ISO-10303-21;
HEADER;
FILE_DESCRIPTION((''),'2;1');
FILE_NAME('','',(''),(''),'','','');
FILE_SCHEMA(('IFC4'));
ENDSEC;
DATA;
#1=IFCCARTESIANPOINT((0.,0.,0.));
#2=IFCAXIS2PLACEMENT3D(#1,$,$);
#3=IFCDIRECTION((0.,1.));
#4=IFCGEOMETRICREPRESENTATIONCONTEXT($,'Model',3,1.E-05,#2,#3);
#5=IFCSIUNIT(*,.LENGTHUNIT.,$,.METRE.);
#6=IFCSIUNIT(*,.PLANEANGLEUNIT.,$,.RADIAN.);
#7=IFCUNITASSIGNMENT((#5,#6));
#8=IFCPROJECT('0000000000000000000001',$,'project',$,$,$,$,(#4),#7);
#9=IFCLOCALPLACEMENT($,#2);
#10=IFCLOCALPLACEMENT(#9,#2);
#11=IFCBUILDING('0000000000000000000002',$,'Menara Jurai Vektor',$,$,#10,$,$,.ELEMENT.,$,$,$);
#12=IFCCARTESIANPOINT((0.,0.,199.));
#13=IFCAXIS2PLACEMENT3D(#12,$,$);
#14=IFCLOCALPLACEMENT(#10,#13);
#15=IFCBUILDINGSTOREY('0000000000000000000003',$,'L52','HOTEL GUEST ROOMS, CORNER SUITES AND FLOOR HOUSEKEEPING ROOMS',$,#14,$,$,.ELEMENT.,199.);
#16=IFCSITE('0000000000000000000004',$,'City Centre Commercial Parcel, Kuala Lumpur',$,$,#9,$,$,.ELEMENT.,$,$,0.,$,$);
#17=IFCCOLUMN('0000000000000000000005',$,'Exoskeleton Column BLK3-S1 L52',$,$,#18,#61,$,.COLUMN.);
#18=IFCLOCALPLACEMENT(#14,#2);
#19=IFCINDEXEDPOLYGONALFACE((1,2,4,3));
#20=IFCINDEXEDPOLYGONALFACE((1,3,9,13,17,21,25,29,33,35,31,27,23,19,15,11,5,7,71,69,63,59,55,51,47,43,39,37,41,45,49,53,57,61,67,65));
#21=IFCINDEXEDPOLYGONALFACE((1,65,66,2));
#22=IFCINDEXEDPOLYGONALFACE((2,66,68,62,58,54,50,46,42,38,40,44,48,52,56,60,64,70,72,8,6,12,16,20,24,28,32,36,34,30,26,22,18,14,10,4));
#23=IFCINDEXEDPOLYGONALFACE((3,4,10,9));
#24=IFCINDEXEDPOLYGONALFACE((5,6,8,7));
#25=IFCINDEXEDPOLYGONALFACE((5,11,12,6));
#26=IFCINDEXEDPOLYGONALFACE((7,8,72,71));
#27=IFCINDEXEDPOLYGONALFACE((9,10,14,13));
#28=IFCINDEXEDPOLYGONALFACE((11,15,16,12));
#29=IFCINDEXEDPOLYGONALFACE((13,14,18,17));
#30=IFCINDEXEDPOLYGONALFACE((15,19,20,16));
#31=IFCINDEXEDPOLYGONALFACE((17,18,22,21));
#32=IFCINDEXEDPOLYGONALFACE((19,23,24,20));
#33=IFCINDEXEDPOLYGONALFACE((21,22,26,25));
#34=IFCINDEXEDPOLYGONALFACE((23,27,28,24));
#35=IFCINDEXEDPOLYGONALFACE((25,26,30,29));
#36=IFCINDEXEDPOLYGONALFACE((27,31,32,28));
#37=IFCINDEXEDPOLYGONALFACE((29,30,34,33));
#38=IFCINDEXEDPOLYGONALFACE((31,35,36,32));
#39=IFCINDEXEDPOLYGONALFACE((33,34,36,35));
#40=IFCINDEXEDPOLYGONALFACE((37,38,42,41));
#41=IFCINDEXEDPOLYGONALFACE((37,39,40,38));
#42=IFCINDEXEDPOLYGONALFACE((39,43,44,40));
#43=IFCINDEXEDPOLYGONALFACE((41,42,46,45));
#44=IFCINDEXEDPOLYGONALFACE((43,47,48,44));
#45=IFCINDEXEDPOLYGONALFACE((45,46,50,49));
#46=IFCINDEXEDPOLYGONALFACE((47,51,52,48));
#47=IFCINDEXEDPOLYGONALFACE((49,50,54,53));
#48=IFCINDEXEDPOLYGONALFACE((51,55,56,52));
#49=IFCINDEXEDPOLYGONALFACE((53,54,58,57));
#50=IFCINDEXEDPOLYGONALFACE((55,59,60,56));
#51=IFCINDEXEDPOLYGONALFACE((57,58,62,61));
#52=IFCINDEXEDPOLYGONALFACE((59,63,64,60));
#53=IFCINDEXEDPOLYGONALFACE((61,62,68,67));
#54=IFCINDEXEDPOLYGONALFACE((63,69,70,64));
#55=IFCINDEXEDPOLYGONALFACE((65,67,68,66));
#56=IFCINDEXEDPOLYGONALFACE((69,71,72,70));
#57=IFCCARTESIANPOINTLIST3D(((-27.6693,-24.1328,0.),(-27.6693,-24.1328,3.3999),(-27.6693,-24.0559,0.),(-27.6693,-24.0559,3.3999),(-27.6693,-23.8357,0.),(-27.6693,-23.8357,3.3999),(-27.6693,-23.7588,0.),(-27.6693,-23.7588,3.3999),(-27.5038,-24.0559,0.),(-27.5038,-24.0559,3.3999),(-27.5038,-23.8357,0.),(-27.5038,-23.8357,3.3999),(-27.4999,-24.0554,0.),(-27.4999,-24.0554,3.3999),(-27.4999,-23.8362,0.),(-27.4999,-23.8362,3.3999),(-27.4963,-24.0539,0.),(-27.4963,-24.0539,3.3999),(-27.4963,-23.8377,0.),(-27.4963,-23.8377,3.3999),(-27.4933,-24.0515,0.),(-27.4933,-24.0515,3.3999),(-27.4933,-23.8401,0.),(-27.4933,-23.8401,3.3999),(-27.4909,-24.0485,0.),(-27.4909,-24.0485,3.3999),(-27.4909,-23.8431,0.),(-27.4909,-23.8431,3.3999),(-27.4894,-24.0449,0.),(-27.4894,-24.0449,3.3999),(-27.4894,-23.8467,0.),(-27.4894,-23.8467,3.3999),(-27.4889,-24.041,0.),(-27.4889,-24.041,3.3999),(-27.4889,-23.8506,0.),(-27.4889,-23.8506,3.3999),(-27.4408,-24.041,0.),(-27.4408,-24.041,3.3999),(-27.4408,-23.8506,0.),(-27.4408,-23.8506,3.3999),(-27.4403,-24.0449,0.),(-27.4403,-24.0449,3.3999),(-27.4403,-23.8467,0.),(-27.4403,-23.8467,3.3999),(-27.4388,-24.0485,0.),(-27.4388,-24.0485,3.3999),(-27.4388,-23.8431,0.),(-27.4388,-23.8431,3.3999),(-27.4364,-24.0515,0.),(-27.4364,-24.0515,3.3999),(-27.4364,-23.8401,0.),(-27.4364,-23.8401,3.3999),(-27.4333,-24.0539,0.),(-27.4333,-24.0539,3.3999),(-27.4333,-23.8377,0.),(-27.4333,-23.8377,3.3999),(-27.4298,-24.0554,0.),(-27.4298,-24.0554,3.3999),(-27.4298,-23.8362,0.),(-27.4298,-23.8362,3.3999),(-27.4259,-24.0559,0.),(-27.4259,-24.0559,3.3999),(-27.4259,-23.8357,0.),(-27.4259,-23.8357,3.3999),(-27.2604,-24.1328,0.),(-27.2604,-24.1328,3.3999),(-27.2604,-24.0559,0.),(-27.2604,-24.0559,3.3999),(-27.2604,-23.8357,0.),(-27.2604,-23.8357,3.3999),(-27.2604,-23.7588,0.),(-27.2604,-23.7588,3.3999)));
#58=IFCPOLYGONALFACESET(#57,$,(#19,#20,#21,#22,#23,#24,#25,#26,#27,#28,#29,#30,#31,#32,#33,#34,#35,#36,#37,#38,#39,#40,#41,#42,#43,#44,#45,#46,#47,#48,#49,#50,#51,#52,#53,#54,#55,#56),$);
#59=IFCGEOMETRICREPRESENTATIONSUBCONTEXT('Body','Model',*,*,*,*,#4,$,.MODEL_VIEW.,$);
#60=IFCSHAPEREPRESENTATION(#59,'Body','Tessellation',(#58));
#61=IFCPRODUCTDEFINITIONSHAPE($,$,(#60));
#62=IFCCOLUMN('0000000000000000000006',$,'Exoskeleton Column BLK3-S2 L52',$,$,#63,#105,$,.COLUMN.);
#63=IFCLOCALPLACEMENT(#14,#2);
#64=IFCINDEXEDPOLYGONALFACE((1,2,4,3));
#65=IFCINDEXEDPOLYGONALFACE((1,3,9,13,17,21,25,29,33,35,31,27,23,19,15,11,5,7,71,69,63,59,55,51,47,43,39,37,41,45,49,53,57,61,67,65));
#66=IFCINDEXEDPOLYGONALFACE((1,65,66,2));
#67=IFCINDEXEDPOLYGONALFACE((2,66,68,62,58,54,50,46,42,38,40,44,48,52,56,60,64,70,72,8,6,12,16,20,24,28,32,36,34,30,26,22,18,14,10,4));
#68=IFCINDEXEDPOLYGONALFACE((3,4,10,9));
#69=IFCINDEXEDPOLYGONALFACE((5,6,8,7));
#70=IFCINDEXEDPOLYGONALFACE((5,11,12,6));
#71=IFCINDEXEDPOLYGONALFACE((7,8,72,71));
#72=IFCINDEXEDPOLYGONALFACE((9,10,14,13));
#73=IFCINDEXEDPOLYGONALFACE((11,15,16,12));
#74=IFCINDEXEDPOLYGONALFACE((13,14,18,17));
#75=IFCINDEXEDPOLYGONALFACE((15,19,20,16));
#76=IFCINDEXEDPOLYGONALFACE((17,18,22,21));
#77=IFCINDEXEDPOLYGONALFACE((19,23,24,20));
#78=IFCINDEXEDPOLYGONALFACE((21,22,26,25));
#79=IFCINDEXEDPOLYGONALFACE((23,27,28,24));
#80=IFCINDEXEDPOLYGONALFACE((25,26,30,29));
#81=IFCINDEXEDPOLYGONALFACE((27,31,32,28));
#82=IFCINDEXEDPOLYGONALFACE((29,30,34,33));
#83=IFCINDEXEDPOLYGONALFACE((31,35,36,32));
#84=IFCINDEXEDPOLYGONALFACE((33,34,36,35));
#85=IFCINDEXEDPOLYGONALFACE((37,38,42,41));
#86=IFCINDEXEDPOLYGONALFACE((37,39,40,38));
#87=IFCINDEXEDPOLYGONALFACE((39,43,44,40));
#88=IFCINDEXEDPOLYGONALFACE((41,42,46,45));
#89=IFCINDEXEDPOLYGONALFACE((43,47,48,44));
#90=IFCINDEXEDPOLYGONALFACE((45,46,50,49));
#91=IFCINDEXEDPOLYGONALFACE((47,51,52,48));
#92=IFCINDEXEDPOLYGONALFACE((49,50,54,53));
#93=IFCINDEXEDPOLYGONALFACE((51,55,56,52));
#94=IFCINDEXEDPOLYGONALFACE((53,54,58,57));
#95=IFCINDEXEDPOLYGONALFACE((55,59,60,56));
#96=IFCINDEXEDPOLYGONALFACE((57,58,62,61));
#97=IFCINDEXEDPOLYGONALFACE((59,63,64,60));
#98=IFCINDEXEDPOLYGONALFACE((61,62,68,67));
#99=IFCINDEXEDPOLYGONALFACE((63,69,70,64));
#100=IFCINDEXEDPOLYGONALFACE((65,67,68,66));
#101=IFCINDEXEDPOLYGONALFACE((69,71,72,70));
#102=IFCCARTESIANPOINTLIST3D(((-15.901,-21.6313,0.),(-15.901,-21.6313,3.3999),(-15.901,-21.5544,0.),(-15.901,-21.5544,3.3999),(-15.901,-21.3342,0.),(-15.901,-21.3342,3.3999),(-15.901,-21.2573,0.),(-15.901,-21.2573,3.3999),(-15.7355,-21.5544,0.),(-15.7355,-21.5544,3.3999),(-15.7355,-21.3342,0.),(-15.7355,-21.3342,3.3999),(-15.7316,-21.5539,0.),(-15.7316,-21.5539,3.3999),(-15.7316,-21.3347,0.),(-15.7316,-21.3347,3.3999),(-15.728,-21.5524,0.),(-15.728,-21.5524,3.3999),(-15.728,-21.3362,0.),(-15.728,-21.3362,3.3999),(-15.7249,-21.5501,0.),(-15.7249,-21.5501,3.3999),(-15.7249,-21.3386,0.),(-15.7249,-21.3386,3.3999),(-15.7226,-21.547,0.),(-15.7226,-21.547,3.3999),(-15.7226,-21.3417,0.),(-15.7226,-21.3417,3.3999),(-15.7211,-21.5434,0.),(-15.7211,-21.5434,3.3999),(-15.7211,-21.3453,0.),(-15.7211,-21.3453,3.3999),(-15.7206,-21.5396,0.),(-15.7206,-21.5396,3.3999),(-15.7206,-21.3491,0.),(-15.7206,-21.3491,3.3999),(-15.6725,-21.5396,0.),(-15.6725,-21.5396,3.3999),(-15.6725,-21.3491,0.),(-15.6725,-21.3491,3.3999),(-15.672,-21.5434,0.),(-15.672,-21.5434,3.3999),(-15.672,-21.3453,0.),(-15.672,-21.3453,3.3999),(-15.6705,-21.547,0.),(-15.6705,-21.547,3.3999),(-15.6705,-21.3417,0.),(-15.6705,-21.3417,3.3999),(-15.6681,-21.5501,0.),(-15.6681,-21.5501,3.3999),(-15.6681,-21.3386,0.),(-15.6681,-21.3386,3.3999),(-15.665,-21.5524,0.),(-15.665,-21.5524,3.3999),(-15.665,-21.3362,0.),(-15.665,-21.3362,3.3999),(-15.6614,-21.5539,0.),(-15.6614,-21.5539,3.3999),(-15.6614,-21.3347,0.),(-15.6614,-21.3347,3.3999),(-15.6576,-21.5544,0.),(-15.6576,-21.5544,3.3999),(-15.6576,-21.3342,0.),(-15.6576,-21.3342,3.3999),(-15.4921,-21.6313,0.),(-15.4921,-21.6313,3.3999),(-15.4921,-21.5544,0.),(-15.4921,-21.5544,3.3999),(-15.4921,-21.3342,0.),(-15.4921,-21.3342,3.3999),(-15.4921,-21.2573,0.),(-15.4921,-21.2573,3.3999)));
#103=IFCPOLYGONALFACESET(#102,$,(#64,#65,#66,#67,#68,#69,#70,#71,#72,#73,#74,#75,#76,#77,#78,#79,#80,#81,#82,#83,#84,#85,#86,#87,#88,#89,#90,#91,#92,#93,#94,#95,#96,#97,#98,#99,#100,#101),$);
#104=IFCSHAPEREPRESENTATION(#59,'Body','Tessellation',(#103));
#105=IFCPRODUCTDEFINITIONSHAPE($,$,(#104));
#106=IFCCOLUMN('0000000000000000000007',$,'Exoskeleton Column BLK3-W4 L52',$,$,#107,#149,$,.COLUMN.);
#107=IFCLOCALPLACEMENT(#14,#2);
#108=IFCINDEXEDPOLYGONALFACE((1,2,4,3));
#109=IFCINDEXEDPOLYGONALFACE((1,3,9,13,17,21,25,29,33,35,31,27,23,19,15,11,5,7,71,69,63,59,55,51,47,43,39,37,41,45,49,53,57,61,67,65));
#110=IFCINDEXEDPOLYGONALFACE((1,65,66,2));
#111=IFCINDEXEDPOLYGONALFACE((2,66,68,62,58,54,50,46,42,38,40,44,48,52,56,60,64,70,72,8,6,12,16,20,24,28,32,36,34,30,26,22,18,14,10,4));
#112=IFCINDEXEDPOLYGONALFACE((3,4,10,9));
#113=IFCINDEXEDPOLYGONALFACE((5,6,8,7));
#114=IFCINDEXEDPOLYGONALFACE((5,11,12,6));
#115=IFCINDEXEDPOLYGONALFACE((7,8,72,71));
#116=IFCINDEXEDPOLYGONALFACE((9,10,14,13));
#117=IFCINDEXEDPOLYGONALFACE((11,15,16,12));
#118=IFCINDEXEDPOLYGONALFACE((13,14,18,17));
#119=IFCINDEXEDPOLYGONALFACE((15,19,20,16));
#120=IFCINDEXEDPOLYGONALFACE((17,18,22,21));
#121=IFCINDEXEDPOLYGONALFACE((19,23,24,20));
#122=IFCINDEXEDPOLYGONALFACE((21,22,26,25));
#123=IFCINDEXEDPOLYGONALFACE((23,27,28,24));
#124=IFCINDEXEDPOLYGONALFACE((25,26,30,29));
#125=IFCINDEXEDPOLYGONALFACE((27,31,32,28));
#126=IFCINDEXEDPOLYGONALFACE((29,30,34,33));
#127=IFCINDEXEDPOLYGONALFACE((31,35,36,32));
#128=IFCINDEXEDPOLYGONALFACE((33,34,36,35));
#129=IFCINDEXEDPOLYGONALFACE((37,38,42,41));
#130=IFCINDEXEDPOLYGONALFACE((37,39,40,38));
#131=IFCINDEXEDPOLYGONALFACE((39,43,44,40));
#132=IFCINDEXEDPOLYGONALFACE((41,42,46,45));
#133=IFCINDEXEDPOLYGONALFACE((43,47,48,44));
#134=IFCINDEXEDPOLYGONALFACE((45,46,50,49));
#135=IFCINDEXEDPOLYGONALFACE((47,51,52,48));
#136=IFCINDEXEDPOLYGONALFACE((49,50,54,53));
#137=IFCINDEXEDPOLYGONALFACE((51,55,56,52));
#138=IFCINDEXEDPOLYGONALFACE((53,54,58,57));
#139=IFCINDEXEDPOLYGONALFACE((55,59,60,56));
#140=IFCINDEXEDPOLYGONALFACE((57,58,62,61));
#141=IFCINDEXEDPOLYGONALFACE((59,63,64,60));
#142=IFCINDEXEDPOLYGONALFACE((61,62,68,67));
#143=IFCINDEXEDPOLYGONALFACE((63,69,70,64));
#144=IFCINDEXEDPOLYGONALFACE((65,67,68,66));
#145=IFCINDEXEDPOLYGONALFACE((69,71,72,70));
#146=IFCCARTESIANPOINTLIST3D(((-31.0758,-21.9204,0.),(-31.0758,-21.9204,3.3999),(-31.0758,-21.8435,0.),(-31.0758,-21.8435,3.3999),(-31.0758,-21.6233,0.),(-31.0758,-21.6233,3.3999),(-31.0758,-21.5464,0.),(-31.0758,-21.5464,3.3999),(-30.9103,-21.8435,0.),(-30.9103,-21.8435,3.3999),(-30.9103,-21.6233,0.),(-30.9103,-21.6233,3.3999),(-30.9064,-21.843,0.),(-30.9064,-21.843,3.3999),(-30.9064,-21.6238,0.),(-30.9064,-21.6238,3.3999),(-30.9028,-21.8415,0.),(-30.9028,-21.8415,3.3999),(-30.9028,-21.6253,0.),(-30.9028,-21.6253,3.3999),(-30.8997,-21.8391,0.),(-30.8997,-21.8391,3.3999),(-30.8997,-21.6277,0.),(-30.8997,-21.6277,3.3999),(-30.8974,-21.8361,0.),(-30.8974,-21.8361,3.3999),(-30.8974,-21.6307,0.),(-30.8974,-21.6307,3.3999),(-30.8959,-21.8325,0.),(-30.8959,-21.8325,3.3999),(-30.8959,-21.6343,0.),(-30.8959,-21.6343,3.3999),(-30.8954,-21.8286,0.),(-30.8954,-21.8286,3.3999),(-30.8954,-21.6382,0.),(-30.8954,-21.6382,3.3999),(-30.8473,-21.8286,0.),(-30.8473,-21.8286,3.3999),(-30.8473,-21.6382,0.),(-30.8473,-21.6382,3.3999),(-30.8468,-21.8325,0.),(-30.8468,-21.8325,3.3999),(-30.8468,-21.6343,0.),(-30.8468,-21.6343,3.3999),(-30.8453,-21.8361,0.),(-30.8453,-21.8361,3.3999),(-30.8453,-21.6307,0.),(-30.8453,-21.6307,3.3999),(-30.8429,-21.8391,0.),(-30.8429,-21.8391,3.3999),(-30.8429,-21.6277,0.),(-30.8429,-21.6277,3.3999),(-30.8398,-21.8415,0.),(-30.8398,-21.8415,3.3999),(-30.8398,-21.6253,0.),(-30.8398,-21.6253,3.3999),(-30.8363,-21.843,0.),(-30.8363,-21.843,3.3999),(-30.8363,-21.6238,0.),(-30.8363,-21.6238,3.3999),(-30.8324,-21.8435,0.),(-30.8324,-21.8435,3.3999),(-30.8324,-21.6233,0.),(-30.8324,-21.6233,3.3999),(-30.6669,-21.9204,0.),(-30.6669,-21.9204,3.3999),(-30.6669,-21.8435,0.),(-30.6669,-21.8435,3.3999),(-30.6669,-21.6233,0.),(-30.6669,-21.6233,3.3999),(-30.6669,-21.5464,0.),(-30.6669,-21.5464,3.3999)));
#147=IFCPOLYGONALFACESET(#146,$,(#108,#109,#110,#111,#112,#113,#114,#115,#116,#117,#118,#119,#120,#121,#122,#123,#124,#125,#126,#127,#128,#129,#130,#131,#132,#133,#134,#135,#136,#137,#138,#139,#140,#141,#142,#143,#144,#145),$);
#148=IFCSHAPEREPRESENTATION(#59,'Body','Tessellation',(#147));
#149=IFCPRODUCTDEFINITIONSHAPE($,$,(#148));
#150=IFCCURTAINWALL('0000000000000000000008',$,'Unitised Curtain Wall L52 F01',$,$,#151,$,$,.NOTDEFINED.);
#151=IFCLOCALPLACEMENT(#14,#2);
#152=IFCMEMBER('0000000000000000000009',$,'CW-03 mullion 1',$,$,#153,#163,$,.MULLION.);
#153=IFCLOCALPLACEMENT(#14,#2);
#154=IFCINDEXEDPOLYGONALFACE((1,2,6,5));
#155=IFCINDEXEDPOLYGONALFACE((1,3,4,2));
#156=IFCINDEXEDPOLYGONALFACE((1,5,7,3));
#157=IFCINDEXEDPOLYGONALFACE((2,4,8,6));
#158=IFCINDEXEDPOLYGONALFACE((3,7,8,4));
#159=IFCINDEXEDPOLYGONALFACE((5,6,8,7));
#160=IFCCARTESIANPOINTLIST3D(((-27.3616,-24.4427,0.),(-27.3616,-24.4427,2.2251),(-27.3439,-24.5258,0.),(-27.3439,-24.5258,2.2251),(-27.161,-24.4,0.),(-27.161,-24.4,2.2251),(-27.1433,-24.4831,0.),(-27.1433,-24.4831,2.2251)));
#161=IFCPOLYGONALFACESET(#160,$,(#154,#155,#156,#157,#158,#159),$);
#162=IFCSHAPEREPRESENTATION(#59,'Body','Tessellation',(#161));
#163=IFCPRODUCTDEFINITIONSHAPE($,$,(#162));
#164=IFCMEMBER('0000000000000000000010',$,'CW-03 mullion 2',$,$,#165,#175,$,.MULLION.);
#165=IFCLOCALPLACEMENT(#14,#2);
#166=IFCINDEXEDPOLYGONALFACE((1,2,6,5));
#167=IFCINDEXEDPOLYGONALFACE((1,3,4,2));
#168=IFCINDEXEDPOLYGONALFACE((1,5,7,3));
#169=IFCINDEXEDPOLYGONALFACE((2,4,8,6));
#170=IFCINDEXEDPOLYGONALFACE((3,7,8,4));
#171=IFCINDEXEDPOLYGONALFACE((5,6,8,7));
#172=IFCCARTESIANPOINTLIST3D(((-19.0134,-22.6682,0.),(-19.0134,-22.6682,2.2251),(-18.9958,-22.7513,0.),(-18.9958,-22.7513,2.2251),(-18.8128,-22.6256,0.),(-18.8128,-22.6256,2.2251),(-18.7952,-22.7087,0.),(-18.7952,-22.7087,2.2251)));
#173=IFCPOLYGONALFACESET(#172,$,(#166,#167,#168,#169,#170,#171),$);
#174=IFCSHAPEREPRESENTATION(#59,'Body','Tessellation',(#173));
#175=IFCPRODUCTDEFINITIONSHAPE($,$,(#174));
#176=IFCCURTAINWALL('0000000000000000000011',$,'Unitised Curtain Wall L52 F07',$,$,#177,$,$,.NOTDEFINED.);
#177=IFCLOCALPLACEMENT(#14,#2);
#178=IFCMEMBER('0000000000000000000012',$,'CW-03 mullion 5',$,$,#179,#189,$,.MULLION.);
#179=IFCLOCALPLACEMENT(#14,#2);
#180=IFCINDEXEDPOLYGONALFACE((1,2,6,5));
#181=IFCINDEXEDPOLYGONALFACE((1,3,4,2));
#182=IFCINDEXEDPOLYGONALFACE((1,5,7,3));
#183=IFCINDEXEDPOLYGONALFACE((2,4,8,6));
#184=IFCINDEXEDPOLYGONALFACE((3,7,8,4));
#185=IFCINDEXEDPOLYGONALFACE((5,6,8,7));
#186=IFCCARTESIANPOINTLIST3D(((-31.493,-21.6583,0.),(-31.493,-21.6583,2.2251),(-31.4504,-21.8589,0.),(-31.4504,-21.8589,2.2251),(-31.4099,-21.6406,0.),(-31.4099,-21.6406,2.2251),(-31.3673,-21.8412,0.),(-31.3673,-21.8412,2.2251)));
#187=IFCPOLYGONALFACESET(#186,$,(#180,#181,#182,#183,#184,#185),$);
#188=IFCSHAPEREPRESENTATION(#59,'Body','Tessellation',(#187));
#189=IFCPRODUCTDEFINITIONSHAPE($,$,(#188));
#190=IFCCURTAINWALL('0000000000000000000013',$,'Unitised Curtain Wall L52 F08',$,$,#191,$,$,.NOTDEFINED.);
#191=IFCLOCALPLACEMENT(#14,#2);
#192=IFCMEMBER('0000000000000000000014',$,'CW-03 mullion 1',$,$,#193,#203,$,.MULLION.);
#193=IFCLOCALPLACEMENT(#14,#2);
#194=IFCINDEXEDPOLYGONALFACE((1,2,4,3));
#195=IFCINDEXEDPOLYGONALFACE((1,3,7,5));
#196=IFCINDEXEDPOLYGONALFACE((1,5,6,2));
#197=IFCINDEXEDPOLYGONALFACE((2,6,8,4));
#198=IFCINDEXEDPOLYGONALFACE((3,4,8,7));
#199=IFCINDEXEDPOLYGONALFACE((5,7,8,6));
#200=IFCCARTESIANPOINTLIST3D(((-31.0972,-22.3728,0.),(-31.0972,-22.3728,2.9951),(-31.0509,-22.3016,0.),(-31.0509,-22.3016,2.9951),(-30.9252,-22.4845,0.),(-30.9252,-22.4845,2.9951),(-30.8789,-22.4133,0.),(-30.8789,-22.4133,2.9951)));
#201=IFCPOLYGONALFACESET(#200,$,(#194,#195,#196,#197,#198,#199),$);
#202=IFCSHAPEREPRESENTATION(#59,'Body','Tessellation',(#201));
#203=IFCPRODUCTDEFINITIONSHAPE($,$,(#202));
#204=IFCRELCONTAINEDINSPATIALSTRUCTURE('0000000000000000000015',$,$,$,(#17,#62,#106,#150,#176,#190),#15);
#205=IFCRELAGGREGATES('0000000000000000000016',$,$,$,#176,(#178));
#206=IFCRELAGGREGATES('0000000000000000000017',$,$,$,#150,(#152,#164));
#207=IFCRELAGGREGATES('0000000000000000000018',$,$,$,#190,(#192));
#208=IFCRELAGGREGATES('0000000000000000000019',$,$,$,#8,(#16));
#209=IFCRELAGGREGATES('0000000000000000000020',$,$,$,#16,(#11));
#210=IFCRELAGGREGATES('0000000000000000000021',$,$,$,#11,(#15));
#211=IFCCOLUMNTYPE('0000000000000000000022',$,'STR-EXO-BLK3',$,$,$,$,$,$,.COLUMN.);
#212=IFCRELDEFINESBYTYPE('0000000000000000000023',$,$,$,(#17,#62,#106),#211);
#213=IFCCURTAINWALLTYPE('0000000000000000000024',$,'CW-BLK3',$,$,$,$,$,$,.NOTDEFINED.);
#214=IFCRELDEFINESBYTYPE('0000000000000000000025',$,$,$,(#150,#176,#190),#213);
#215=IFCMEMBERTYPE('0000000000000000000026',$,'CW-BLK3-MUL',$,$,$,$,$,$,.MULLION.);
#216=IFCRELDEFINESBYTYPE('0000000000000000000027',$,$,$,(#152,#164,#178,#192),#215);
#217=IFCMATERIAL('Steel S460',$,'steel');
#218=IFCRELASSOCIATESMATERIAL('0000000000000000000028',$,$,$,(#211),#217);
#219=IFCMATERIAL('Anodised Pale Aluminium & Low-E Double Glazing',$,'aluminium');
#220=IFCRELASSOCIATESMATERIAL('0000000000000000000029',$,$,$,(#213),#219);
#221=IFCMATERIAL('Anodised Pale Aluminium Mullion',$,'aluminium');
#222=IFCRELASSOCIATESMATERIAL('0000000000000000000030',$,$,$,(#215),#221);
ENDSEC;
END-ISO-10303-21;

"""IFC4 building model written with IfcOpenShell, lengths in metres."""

from ifc_helpers import new_model, si_unit, direction, frame, origin, origin_2d, place, context, subcontext, project, spatial, rectangle, i_section, extrude, material, material_profile, profile_set, type_object, element, aggregate, save


model = new_model("IFC4")

# Units and contexts
model_context = context("Model", 3, precision=1e-05, world=origin(), true_north=direction((0.0, 1.0)))
body_context = subcontext(model_context, "Body", "Model", "MODEL_VIEW")
ifc_project = project(units=[si_unit("LENGTHUNIT", "METRE"), si_unit("PLANEANGLEUNIT", "RADIAN")], contexts=[model_context])

# Site, building, storey
site_placement = place(None, origin())
site = spatial("IfcSite", under=ifc_project, at=site_placement, Name="City Centre Commercial Parcel, Kuala Lumpur", CompositionType="ELEMENT", RefElevation=0.0)
building_placement = place(site_placement, origin())
building = spatial("IfcBuilding", under=site, at=building_placement, Name="Menara Jurai Vektor", CompositionType="ELEMENT")
storey_placement = place(building_placement, frame((0.0, 0.0, 199.0)))
storey = spatial("IfcBuildingStorey", under=building, at=storey_placement, Name="L52", Description="HOTEL GUEST ROOMS, CORNER SUITES AND FLOOR HOUSEKEEPING ROOMS", CompositionType="ELEMENT", Elevation=199.0)

# Columns
ifc_material_1 = material(Name="Steel S460", Category="steel")
ifc_material_profile_1 = material_profile(ifc_material_1, i_section(OverallWidth=0.4089, OverallDepth=0.374, WebThickness=0.0481, FlangeThickness=0.0769, FilletRadius=0.0149, at=origin_2d()), Name="HD 400x634")
ifc_profile_set_1 = profile_set([ifc_material_profile_1], Name="Steel S460")
column_type = type_object("IfcColumnType", Name="STR-EXO-BLK3", PredefinedType="COLUMN", material=ifc_profile_set_1)
for number, where, z_axis, x_axis, name in (
    (1, (-27.4648, -23.9458, 0.0), (0.0, 0.0, 1.0), (1.0, 0.0, 0.0), "Exoskeleton Column BLK3-S1 L52"),
    (2, (-15.6965, -21.4443, 0.0), (0.0, 0.0, 1.0), (1.0, 0.0, 0.0), "Exoskeleton Column BLK3-S2 L52"),
    (3, (-30.8713, -21.7334, 0.0), (0.0, 0.0, 1.0), (1.0, 0.0, 0.0), "Exoskeleton Column BLK3-W4 L52"),
):
    element("IfcColumn", number, at=place(storey_placement, frame(where, z_axis=z_axis, x_axis=x_axis)), inside=storey, type_object=column_type, Name=name, PredefinedType="COLUMN", context=body_context, shape_type="SweptSolid", body=[
        extrude(i_section(OverallWidth=0.4089, OverallDepth=0.374, WebThickness=0.0481, FlangeThickness=0.0769, FilletRadius=0.0149, at=origin_2d()), origin(), (0.0, 0.0, 1.0), 3.3999),
    ])

# Curtain wall, members
ifc_material_2 = material(Name="Anodised Pale Aluminium & Low-E Double Glazing", Category="aluminium")
curtain_wall_type = type_object("IfcCurtainWallType", Name="CW-BLK3", PredefinedType="NOTDEFINED", material=ifc_material_2)
curtain_wall_1_placement = place(storey_placement, origin())
curtain_wall_1 = element("IfcCurtainWall", 4, at=curtain_wall_1_placement, inside=storey, type_object=curtain_wall_type, Name="Unitised Curtain Wall L52 F01", PredefinedType="NOTDEFINED")
ifc_material_3 = material(Name="Anodised Pale Aluminium Mullion", Category="aluminium")
ifc_material_profile_2 = material_profile(ifc_material_3, rectangle(XDim=0.085, YDim=0.2051, at=origin_2d()), Name="ALU MUL 85x205")
ifc_profile_set_2 = profile_set([ifc_material_profile_2], Name="Anodised Pale Aluminium Mullion")
member_type_1 = type_object("IfcMemberType", Name="CW-BLK3-MUL", PredefinedType="MULLION", material=ifc_profile_set_2)
member_1_placement = place(storey_placement, frame((-27.2524, -24.4629, 0.0), z_axis=(0.0, 0.0, 1.0), x_axis=(-0.207911, 0.978148, 0.0)))
member_1 = element("IfcMember", 5, at=member_1_placement, type_object=member_type_1, Name="CW-03 mullion 1", PredefinedType="MULLION", context=body_context, shape_type="SweptSolid", body=[
    extrude(rectangle(XDim=0.085, YDim=0.2051, at=origin_2d()), origin(), (0.0, 0.0, 1.0), 2.2251),
])
member_2_placement = place(storey_placement, frame((-18.9043, -22.6885, 0.0), z_axis=(0.0, 0.0, 1.0), x_axis=(-0.207911, 0.978148, 0.0)))
member_2 = element("IfcMember", 6, at=member_2_placement, type_object=member_type_1, Name="CW-03 mullion 2", PredefinedType="MULLION", context=body_context, shape_type="SweptSolid", body=[
    extrude(rectangle(XDim=0.085, YDim=0.2051, at=origin_2d()), origin(), (0.0, 0.0, 1.0), 2.2251),
])

# Curtain wall, member
curtain_wall_2_placement = place(storey_placement, origin())
curtain_wall_2 = element("IfcCurtainWall", 7, at=curtain_wall_2_placement, inside=storey, type_object=curtain_wall_type, Name="Unitised Curtain Wall L52 F07", PredefinedType="NOTDEFINED")
member_3_placement = place(storey_placement, frame((-31.4302, -21.7498, 0.0), z_axis=(0.0, 0.0, 1.0), x_axis=(0.978148, 0.20791, 0.0)))
member_3 = element("IfcMember", 8, at=member_3_placement, type_object=member_type_1, Name="CW-03 mullion 5", PredefinedType="MULLION", context=body_context, shape_type="SweptSolid", body=[
    extrude(rectangle(XDim=0.085, YDim=0.2051, at=origin_2d()), origin(), (0.0, 0.0, 1.0), 2.2251),
])
aggregate(curtain_wall_2, [member_3])

# Curtain wall, member
curtain_wall_3_placement = place(storey_placement, origin())
curtain_wall_3 = element("IfcCurtainWall", 9, at=curtain_wall_3_placement, inside=storey, type_object=curtain_wall_type, Name="Unitised Curtain Wall L52 F08", PredefinedType="NOTDEFINED")
member_4_placement = place(storey_placement, frame((-30.988, -22.3931, 0.0), z_axis=(0.0, 0.0, 1.0), x_axis=(0.544618, 0.838684, 0.0)))
member_4 = element("IfcMember", 10, at=member_4_placement, type_object=member_type_1, Name="CW-03 mullion 1", PredefinedType="MULLION", context=body_context, shape_type="SweptSolid", body=[
    extrude(rectangle(XDim=0.085, YDim=0.2051, at=origin_2d()), origin(), (0.0, 0.0, 1.0), 2.9951),
])

aggregate(curtain_wall_1, [member_1, member_2])
aggregate(curtain_wall_3, [member_4])

save(model, "model.ifc")
